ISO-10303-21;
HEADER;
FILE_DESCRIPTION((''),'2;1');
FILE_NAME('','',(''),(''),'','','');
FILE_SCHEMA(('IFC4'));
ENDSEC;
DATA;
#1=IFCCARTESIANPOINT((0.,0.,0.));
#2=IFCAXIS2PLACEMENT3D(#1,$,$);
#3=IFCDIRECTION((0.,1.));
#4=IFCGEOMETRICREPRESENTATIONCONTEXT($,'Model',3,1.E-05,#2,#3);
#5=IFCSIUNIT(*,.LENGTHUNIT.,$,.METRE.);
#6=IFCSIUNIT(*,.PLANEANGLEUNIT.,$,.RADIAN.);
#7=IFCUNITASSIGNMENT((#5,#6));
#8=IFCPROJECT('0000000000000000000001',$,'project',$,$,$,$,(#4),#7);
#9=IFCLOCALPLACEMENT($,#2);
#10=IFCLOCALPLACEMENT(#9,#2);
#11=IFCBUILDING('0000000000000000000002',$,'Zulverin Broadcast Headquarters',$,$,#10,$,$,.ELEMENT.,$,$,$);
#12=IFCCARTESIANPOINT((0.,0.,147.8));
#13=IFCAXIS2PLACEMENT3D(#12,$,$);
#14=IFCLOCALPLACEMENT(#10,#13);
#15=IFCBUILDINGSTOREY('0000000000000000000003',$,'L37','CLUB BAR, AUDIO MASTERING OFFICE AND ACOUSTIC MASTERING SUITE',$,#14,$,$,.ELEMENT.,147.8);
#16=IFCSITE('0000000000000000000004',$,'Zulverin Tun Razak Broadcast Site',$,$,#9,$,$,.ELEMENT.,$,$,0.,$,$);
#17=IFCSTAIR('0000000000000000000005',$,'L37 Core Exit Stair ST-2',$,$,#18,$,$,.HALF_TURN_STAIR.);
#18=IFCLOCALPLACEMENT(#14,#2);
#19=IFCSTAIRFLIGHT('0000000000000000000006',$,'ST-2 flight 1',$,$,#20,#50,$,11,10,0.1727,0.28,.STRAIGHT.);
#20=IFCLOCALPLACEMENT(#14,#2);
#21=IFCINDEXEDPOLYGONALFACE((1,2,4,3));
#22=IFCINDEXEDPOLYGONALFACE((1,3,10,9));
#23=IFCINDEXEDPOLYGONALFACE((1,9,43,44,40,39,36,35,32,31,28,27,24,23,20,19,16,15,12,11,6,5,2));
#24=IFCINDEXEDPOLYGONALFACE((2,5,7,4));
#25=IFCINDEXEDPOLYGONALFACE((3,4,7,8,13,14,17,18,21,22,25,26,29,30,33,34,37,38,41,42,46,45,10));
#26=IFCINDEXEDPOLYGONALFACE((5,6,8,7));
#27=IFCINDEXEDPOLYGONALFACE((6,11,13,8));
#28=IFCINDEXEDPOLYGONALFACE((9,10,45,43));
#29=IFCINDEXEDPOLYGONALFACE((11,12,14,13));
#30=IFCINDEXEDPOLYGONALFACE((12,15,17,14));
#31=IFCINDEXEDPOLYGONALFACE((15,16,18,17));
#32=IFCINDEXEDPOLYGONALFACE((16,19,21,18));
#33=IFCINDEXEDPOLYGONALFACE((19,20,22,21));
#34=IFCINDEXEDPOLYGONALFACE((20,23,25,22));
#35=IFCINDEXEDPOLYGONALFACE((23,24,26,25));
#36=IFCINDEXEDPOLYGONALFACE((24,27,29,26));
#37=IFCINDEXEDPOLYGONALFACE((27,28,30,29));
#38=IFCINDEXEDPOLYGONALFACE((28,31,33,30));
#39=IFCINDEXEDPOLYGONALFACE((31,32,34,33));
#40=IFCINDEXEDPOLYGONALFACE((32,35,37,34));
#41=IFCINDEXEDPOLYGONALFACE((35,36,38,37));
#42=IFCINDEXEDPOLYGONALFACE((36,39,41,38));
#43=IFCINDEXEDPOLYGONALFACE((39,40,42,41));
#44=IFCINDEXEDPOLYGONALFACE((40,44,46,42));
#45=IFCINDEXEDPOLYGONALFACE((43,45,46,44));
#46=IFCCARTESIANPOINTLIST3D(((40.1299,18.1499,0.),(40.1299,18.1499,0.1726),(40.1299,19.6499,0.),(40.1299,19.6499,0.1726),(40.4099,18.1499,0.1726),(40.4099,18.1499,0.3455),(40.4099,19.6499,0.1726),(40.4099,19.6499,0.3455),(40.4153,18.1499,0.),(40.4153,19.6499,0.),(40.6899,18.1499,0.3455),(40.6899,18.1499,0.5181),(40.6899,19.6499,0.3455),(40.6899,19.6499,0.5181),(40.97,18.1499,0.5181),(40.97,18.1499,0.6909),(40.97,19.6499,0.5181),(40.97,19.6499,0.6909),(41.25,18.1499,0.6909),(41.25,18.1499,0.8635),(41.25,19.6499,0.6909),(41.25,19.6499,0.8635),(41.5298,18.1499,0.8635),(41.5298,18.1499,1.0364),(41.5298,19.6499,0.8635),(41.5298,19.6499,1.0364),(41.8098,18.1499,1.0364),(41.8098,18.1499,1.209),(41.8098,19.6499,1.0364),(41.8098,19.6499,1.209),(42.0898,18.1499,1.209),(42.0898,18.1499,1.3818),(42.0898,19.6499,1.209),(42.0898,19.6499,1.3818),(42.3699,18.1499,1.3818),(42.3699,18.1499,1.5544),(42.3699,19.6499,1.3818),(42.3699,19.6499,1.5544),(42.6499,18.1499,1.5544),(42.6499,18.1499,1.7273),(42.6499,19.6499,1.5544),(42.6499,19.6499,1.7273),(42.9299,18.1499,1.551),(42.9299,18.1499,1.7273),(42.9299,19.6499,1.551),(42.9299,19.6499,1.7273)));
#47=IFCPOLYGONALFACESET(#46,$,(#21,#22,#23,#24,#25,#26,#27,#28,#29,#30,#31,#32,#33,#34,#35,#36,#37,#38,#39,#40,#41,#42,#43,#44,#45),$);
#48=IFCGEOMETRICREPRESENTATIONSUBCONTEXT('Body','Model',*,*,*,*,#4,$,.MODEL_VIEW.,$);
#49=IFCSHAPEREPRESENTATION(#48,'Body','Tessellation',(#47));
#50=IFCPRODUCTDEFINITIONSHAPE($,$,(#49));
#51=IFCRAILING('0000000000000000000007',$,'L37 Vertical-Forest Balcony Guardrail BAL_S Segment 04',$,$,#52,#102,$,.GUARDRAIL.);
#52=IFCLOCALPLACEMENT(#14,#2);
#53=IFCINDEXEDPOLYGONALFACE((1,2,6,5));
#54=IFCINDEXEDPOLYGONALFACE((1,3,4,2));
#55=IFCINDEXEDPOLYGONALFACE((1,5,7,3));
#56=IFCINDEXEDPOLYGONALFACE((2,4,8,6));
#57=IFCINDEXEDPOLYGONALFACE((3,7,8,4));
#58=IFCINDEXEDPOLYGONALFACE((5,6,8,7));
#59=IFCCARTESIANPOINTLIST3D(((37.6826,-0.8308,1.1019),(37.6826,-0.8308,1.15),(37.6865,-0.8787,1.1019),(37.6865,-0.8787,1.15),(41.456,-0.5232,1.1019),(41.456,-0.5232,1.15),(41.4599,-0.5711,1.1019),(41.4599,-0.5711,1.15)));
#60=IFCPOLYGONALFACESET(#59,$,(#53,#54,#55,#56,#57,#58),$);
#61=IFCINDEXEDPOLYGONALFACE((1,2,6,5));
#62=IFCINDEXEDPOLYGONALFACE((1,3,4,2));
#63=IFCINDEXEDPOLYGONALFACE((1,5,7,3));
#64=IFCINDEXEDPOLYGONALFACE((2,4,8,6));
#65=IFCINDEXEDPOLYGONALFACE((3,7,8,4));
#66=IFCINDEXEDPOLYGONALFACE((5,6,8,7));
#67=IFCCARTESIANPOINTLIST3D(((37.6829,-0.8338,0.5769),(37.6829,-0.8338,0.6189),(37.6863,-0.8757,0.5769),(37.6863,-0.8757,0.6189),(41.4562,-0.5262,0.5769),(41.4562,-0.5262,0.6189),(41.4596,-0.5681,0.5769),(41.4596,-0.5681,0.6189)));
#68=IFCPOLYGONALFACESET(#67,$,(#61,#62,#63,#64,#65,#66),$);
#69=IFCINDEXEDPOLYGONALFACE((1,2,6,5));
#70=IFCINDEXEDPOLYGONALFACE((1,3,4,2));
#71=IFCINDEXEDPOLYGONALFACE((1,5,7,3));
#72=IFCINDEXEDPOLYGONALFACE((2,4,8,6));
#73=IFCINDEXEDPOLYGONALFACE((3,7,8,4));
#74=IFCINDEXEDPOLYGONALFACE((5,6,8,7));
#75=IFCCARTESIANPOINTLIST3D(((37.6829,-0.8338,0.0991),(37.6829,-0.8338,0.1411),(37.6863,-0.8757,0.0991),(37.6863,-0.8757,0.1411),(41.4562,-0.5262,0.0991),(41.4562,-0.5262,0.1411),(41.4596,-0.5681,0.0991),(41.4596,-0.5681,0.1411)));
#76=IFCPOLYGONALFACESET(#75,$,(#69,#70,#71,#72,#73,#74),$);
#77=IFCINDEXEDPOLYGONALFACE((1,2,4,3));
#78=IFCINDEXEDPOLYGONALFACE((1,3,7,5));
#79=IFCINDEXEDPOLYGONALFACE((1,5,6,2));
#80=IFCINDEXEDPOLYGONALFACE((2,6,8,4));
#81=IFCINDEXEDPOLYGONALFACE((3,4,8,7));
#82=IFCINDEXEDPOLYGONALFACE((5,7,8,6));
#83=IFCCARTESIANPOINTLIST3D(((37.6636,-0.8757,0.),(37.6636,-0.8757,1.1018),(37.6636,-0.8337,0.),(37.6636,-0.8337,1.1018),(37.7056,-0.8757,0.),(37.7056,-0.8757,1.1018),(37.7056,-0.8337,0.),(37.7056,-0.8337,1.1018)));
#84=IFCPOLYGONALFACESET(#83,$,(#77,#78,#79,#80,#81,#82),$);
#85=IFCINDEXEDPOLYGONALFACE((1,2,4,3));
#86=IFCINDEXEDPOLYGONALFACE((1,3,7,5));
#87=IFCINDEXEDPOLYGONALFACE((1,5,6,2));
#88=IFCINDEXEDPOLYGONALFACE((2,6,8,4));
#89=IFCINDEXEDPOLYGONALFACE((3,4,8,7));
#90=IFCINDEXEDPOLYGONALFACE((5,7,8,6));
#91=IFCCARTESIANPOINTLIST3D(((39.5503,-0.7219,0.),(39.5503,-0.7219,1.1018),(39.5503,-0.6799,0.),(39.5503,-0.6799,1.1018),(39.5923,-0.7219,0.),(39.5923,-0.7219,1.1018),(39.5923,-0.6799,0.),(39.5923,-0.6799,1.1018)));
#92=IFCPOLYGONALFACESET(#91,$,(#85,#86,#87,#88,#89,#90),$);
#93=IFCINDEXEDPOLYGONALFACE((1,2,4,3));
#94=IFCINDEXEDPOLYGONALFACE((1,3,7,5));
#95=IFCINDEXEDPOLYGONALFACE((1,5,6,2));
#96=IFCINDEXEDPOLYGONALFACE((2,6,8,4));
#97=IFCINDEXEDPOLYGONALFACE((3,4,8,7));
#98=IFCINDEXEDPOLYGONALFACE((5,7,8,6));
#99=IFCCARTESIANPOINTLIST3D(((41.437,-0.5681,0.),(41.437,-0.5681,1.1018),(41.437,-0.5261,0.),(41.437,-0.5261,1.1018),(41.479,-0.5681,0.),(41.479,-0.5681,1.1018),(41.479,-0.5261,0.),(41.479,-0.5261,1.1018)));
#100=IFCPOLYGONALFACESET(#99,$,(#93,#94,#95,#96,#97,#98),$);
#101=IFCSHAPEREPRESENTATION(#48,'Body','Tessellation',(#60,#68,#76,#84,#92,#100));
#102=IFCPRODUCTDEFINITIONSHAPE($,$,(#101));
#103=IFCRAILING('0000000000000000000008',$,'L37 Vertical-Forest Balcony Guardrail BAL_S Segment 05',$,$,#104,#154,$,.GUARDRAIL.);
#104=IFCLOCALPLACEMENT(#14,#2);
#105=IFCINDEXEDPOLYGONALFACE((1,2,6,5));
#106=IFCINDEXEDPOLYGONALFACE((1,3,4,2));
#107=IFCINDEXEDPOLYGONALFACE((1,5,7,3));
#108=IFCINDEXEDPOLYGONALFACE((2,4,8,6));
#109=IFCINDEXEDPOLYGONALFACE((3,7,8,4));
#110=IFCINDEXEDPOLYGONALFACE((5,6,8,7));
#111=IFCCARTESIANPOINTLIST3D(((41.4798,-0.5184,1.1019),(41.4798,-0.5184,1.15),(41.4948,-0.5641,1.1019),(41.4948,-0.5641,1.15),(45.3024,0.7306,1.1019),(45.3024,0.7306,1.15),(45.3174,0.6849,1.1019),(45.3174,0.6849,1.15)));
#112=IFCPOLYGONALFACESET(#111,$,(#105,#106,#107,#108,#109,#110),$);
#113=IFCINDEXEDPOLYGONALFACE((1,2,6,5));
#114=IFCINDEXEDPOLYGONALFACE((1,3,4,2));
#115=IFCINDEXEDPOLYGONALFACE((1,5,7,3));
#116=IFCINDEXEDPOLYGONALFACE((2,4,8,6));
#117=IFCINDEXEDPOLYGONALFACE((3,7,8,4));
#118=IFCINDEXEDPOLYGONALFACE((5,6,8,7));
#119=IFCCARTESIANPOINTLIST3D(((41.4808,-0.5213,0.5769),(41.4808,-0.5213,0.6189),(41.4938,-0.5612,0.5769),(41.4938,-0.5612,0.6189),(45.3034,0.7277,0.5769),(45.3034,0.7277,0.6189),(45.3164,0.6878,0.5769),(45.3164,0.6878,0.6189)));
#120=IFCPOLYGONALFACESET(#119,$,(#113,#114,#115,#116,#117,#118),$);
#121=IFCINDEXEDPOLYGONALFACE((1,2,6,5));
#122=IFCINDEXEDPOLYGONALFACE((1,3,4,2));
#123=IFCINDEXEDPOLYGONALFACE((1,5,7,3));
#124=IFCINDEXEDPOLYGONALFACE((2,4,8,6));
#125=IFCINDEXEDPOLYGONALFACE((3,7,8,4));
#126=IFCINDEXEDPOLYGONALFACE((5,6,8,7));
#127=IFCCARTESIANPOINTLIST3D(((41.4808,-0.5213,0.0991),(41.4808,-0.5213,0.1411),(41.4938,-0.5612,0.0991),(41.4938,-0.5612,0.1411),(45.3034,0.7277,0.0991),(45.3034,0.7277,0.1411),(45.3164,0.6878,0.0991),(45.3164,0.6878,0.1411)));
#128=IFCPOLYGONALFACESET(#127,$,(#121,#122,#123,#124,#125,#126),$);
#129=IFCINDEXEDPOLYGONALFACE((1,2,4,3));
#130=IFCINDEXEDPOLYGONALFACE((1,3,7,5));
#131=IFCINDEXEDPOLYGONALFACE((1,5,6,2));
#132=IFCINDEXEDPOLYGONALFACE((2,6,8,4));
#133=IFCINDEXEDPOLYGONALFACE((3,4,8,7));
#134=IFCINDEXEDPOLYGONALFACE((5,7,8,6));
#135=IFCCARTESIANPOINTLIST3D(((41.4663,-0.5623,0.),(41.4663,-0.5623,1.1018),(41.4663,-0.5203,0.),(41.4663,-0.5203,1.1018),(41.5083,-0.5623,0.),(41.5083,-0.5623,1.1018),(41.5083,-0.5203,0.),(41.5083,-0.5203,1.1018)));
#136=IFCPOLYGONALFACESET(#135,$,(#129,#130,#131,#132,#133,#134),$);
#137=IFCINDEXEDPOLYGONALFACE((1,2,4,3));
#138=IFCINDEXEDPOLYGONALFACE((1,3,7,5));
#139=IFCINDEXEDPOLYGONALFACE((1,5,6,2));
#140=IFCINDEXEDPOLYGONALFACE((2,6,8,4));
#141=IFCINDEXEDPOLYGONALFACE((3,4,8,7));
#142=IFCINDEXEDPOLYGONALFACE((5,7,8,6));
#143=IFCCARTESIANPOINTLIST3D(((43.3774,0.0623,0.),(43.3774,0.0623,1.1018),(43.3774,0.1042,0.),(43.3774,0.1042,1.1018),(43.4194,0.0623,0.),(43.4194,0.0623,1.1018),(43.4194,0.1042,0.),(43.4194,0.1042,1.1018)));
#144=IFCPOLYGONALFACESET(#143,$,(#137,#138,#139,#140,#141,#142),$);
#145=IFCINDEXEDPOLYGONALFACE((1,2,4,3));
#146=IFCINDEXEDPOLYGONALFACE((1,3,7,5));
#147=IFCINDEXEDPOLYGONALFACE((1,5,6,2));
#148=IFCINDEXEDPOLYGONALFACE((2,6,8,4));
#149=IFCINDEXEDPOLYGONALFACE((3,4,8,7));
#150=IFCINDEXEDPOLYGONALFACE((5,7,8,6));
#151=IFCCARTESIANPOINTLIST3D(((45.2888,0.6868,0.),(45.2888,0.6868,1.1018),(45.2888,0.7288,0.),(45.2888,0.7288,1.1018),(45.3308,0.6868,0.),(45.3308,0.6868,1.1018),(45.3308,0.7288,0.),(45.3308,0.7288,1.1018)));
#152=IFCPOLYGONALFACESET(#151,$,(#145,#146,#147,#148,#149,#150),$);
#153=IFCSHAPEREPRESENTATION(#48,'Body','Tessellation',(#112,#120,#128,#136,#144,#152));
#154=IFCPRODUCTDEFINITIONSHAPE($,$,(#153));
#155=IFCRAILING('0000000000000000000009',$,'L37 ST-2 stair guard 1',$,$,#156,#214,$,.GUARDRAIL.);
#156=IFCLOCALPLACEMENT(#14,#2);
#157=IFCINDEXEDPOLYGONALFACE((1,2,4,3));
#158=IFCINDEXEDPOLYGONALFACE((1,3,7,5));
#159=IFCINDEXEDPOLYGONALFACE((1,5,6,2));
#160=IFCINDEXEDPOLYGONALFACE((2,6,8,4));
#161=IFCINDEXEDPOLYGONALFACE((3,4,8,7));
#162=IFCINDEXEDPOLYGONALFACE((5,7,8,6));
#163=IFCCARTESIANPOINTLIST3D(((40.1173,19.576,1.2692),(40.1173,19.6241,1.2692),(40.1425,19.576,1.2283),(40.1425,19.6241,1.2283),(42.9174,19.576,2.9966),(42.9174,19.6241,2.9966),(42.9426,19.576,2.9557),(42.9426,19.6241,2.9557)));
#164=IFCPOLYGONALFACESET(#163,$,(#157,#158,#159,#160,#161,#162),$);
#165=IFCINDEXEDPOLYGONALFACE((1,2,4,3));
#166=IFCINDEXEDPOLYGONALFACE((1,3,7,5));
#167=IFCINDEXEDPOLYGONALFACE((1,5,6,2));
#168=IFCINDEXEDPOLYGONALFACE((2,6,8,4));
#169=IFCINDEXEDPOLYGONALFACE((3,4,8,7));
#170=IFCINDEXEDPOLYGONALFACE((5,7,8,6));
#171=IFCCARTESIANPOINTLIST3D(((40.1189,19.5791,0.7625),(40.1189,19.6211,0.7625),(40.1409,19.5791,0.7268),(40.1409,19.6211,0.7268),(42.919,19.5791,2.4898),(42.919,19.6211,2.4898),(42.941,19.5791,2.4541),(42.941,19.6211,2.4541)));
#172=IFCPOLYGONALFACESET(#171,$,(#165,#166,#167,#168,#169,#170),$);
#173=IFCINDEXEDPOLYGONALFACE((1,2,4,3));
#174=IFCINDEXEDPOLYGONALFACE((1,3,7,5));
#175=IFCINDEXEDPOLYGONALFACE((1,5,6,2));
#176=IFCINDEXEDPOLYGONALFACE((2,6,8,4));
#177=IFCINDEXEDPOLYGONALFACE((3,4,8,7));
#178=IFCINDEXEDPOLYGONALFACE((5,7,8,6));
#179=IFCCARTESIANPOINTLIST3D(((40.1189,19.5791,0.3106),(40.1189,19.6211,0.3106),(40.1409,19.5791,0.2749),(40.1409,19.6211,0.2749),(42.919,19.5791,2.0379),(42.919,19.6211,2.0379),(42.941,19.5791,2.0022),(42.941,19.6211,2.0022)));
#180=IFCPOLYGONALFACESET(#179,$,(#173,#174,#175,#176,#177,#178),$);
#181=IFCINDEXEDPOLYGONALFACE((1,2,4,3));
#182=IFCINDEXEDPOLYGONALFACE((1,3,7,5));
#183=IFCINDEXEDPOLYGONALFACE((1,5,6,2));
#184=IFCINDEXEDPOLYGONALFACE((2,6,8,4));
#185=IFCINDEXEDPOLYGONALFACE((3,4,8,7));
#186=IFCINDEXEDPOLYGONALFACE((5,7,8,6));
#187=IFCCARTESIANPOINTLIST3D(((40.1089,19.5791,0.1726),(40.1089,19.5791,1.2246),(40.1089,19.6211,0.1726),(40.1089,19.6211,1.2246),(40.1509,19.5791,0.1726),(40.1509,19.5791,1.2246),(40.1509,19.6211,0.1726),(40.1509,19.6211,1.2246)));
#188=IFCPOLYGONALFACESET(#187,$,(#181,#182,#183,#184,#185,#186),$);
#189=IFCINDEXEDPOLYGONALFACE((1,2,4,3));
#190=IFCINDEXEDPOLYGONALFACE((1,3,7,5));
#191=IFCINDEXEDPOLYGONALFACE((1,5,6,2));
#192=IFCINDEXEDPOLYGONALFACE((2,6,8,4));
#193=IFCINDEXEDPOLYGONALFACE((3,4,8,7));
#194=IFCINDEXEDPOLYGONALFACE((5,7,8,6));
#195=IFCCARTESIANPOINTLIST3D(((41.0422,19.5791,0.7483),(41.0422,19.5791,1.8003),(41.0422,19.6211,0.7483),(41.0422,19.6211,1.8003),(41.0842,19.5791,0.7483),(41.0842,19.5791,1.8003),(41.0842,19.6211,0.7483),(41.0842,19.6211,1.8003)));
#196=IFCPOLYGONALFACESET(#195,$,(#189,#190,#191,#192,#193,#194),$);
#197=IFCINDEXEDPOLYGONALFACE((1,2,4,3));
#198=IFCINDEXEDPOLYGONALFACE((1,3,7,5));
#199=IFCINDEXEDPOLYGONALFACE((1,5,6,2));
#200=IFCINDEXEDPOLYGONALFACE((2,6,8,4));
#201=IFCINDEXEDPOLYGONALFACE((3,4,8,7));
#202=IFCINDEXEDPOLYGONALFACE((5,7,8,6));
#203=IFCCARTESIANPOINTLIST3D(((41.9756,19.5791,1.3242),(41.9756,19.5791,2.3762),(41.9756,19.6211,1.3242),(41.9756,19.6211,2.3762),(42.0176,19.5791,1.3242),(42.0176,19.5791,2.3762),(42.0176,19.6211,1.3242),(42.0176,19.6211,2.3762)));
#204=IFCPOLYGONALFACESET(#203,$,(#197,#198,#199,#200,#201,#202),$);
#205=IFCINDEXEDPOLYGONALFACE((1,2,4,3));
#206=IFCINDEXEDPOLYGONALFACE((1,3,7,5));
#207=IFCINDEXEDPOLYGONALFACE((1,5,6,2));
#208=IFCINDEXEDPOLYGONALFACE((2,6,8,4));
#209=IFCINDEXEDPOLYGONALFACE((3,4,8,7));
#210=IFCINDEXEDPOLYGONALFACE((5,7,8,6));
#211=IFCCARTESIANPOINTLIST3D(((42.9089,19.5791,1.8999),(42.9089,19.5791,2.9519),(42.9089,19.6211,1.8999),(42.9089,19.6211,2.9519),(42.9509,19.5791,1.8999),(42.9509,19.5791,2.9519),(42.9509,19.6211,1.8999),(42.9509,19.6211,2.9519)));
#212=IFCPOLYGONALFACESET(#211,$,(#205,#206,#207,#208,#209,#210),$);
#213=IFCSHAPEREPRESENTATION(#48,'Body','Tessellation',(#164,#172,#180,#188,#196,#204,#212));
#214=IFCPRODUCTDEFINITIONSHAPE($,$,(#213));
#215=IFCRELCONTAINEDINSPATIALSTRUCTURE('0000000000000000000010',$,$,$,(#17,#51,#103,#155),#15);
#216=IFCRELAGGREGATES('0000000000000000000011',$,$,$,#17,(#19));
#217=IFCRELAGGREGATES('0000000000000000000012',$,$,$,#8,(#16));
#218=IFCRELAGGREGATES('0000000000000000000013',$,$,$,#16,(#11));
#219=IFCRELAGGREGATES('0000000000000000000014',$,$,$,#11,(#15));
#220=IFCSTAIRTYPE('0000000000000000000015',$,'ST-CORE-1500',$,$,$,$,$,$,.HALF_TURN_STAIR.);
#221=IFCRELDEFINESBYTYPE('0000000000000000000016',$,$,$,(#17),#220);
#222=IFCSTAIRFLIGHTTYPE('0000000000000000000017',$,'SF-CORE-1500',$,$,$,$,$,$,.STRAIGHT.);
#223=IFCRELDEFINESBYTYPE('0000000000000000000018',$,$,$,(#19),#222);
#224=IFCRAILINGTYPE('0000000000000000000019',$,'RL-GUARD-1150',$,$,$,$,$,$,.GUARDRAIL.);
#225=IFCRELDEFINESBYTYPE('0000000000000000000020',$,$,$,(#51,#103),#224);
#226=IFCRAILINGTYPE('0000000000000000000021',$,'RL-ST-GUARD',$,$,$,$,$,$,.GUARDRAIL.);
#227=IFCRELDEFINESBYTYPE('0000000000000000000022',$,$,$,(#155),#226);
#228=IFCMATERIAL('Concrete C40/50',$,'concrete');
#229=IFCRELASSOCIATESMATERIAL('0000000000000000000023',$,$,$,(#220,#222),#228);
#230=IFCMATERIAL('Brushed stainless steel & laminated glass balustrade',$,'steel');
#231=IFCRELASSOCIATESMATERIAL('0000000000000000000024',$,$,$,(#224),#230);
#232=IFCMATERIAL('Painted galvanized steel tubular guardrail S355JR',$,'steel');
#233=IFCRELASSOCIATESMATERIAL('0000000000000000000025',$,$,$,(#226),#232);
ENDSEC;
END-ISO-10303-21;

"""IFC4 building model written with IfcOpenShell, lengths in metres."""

from ifc_helpers import new_model, si_unit, direction, frame, origin, origin_2d, place, context, subcontext, project, spatial, polyline, rectangle, outline, extrude, material, type_object, element, aggregate, save


model = new_model("IFC4")

# Units and contexts
model_context = context("Model", 3, precision=1e-05, world=origin(), true_north=direction((0.0, 1.0)))
body_context = subcontext(model_context, "Body", "Model", "MODEL_VIEW")
ifc_project = project(units=[si_unit("LENGTHUNIT", "METRE"), si_unit("PLANEANGLEUNIT", "RADIAN")], contexts=[model_context])

# Site, building, storey
site_placement = place(None, origin())
site = spatial("IfcSite", under=ifc_project, at=site_placement, Name="Zulverin Tun Razak Broadcast Site", CompositionType="ELEMENT", RefElevation=0.0)
building_placement = place(site_placement, origin())
building = spatial("IfcBuilding", under=site, at=building_placement, Name="Zulverin Broadcast Headquarters", CompositionType="ELEMENT")
storey_placement = place(building_placement, frame((0.0, 0.0, 147.8)))
storey = spatial("IfcBuildingStorey", under=building, at=storey_placement, Name="L37", Description="CLUB BAR, AUDIO MASTERING OFFICE AND ACOUSTIC MASTERING SUITE", CompositionType="ELEMENT", Elevation=147.8)

# Shared definitions
ifc_material_1 = material(Name="Concrete C40/50", Category="concrete")

# Stair, stair flight
stair_type = type_object("IfcStairType", Name="ST-CORE-1500", PredefinedType="HALF_TURN_STAIR", material=ifc_material_1)
stair_placement = place(storey_placement, origin())
stair = element("IfcStair", 1, at=stair_placement, inside=storey, type_object=stair_type, Name="L37 Core Exit Stair ST-2", PredefinedType="HALF_TURN_STAIR")
stair_flight_type = type_object("IfcStairFlightType", Name="SF-CORE-1500", PredefinedType="STRAIGHT", material=ifc_material_1)
stair_flight_placement = place(storey_placement, frame((40.1299, 18.8999, 0.0), z_axis=(0.0, 0.0, 1.0), x_axis=(1.0, 0.0, 0.0)))
stair_flight = element("IfcStairFlight", 2, at=stair_flight_placement, type_object=stair_flight_type, Name="ST-2 flight 1", NumberOfRisers=11, NumberOfTreads=10, PredefinedType="STRAIGHT", RiserHeight=0.1727, TreadLength=0.28, context=body_context, shape_type="SweptSolid", body=[
    extrude(outline(polyline([(0.0, 0.0), (0.0, 0.1726), (0.28, 0.1726), (0.28, 0.3455), (0.5601, 0.3455), (0.5601, 0.5181), (0.8401, 0.5181), (0.8401, 0.6909), (1.1201, 0.6909), (1.1201, 0.8635), (1.3999, 0.8635), (1.3999, 1.0364), (1.6799, 1.0364), (1.6799, 1.209), (1.96, 1.209), (1.96, 1.3818), (2.24, 1.3818), (2.24, 1.5544), (2.52, 1.5544), (2.52, 1.7273), (2.8, 1.7273), (2.8, 1.8999), (2.8, 1.551), (0.2854, 0.0), (0.0, 0.0)])), frame((0.0, 0.75, 0.0), z_axis=(0.0, -1.0, 0.0), x_axis=(1.0, 0.0, 0.0)), (0.0, 0.0, 1.0), 1.5),
])
aggregate(stair, [stair_flight])

# Railings
ifc_material_2 = material(Name="Brushed stainless steel & laminated glass balustrade", Category="steel")
railing_type_1 = type_object("IfcRailingType", Name="RL-GUARD-1150", PredefinedType="GUARDRAIL", material=ifc_material_2)
railing_1_placement = place(storey_placement, frame((37.6846, -0.8547, 0.0)))
element("IfcRailing", 3, at=railing_1_placement, inside=storey, type_object=railing_type_1, Name="L37 Vertical-Forest Balcony Guardrail BAL_S Segment 04", PredefinedType="GUARDRAIL", context=body_context, shape_type="SweptSolid", body=[
    extrude(rectangle(XDim=0.0481, YDim=0.0481, at=origin_2d()), frame((0.0, 0.0, 1.126), z_axis=(0.996694, 0.081252, 0.0), x_axis=(-0.081252, 0.996694, 0.0)), (0.0, 0.0, 1.0), 3.7859),
    extrude(rectangle(XDim=0.042, YDim=0.042, at=origin_2d()), frame((0.0, 0.0, 0.5979), z_axis=(0.996694, 0.081252, 0.0), x_axis=(-0.081252, 0.996694, 0.0)), (0.0, 0.0, 1.0), 3.7859),
    extrude(rectangle(XDim=0.042, YDim=0.042, at=origin_2d()), frame((0.0, 0.0, 0.1201), z_axis=(0.996694, 0.081252, 0.0), x_axis=(-0.081252, 0.996694, 0.0)), (0.0, 0.0, 1.0), 3.7859),
    extrude(rectangle(XDim=0.042, YDim=0.042, at=origin_2d()), origin(), (0.0, 0.0, 1.0), 1.1018),
    extrude(rectangle(XDim=0.042, YDim=0.042, at=origin_2d()), frame((1.8867, 0.1538, 0.0)), (0.0, 0.0, 1.0), 1.1018),
    extrude(rectangle(XDim=0.042, YDim=0.042, at=origin_2d()), frame((3.7734, 0.3076, 0.0)), (0.0, 0.0, 1.0), 1.1018),
])
railing_2_placement = place(storey_placement, frame((41.4873, -0.5413, 0.0)))
element("IfcRailing", 4, at=railing_2_placement, inside=storey, type_object=railing_type_1, Name="L37 Vertical-Forest Balcony Guardrail BAL_S Segment 05", PredefinedType="GUARDRAIL", context=body_context, shape_type="SweptSolid", body=[
    extrude(rectangle(XDim=0.0481, YDim=0.0481, at=origin_2d()), frame((0.0, 0.0, 1.126), z_axis=(0.950543, 0.310594, 0.0), x_axis=(-0.310594, 0.950543, 0.0)), (0.0, 0.0, 1.0), 4.0215),
    extrude(rectangle(XDim=0.042, YDim=0.042, at=origin_2d()), frame((0.0, 0.0, 0.5979), z_axis=(0.950543, 0.310594, 0.0), x_axis=(-0.310594, 0.950543, 0.0)), (0.0, 0.0, 1.0), 4.0215),
    extrude(rectangle(XDim=0.042, YDim=0.042, at=origin_2d()), frame((0.0, 0.0, 0.1201), z_axis=(0.950543, 0.310594, 0.0), x_axis=(-0.310594, 0.950543, 0.0)), (0.0, 0.0, 1.0), 4.0215),
    extrude(rectangle(XDim=0.042, YDim=0.042, at=origin_2d()), origin(), (0.0, 0.0, 1.0), 1.1018),
    extrude(rectangle(XDim=0.042, YDim=0.042, at=origin_2d()), frame((1.9111, 0.6245, 0.0)), (0.0, 0.0, 1.0), 1.1018),
    extrude(rectangle(XDim=0.042, YDim=0.042, at=origin_2d()), frame((3.8225, 1.249, 0.0)), (0.0, 0.0, 1.0), 1.1018),
])
ifc_material_3 = material(Name="Painted galvanized steel tubular guardrail S355JR", Category="steel")
railing_type_2 = type_object("IfcRailingType", Name="RL-ST-GUARD", PredefinedType="GUARDRAIL", material=ifc_material_3)
railing_3_placement = place(storey_placement, frame((40.1299, 19.6001, 0.1726)))
element("IfcRailing", 5, at=railing_3_placement, inside=storey, type_object=railing_type_2, Name="L37 ST-2 stair guard 1", PredefinedType="GUARDRAIL", context=body_context, shape_type="SweptSolid", body=[
    extrude(rectangle(XDim=0.0481, YDim=0.0481, at=origin_2d()), frame((0.0, 0.0, 1.0762), z_axis=(0.85109, 0.0, 0.52502), x_axis=(0.0, 1.0, 0.0)), (0.0, 0.0, 1.0), 3.29),
    extrude(rectangle(XDim=0.042, YDim=0.042, at=origin_2d()), frame((0.0, 0.0, 0.572), z_axis=(0.85109, 0.0, 0.52502), x_axis=(0.0, 1.0, 0.0)), (0.0, 0.0, 1.0), 3.29),
    extrude(rectangle(XDim=0.042, YDim=0.042, at=origin_2d()), frame((0.0, 0.0, 0.1201), z_axis=(0.85109, 0.0, 0.52502), x_axis=(0.0, 1.0, 0.0)), (0.0, 0.0, 1.0), 3.29),
    extrude(rectangle(XDim=0.042, YDim=0.042, at=origin_2d()), origin(), (0.0, 0.0, 1.0), 1.052),
    extrude(rectangle(XDim=0.042, YDim=0.042, at=origin_2d()), frame((0.9333, 0.0, 0.5757)), (0.0, 0.0, 1.0), 1.052),
    extrude(rectangle(XDim=0.042, YDim=0.042, at=origin_2d()), frame((1.8667, 0.0, 1.1516)), (0.0, 0.0, 1.0), 1.052),
    extrude(rectangle(XDim=0.042, YDim=0.042, at=origin_2d()), frame((2.8, 0.0, 1.7273)), (0.0, 0.0, 1.0), 1.052),
])

save(model, "model.ifc")
